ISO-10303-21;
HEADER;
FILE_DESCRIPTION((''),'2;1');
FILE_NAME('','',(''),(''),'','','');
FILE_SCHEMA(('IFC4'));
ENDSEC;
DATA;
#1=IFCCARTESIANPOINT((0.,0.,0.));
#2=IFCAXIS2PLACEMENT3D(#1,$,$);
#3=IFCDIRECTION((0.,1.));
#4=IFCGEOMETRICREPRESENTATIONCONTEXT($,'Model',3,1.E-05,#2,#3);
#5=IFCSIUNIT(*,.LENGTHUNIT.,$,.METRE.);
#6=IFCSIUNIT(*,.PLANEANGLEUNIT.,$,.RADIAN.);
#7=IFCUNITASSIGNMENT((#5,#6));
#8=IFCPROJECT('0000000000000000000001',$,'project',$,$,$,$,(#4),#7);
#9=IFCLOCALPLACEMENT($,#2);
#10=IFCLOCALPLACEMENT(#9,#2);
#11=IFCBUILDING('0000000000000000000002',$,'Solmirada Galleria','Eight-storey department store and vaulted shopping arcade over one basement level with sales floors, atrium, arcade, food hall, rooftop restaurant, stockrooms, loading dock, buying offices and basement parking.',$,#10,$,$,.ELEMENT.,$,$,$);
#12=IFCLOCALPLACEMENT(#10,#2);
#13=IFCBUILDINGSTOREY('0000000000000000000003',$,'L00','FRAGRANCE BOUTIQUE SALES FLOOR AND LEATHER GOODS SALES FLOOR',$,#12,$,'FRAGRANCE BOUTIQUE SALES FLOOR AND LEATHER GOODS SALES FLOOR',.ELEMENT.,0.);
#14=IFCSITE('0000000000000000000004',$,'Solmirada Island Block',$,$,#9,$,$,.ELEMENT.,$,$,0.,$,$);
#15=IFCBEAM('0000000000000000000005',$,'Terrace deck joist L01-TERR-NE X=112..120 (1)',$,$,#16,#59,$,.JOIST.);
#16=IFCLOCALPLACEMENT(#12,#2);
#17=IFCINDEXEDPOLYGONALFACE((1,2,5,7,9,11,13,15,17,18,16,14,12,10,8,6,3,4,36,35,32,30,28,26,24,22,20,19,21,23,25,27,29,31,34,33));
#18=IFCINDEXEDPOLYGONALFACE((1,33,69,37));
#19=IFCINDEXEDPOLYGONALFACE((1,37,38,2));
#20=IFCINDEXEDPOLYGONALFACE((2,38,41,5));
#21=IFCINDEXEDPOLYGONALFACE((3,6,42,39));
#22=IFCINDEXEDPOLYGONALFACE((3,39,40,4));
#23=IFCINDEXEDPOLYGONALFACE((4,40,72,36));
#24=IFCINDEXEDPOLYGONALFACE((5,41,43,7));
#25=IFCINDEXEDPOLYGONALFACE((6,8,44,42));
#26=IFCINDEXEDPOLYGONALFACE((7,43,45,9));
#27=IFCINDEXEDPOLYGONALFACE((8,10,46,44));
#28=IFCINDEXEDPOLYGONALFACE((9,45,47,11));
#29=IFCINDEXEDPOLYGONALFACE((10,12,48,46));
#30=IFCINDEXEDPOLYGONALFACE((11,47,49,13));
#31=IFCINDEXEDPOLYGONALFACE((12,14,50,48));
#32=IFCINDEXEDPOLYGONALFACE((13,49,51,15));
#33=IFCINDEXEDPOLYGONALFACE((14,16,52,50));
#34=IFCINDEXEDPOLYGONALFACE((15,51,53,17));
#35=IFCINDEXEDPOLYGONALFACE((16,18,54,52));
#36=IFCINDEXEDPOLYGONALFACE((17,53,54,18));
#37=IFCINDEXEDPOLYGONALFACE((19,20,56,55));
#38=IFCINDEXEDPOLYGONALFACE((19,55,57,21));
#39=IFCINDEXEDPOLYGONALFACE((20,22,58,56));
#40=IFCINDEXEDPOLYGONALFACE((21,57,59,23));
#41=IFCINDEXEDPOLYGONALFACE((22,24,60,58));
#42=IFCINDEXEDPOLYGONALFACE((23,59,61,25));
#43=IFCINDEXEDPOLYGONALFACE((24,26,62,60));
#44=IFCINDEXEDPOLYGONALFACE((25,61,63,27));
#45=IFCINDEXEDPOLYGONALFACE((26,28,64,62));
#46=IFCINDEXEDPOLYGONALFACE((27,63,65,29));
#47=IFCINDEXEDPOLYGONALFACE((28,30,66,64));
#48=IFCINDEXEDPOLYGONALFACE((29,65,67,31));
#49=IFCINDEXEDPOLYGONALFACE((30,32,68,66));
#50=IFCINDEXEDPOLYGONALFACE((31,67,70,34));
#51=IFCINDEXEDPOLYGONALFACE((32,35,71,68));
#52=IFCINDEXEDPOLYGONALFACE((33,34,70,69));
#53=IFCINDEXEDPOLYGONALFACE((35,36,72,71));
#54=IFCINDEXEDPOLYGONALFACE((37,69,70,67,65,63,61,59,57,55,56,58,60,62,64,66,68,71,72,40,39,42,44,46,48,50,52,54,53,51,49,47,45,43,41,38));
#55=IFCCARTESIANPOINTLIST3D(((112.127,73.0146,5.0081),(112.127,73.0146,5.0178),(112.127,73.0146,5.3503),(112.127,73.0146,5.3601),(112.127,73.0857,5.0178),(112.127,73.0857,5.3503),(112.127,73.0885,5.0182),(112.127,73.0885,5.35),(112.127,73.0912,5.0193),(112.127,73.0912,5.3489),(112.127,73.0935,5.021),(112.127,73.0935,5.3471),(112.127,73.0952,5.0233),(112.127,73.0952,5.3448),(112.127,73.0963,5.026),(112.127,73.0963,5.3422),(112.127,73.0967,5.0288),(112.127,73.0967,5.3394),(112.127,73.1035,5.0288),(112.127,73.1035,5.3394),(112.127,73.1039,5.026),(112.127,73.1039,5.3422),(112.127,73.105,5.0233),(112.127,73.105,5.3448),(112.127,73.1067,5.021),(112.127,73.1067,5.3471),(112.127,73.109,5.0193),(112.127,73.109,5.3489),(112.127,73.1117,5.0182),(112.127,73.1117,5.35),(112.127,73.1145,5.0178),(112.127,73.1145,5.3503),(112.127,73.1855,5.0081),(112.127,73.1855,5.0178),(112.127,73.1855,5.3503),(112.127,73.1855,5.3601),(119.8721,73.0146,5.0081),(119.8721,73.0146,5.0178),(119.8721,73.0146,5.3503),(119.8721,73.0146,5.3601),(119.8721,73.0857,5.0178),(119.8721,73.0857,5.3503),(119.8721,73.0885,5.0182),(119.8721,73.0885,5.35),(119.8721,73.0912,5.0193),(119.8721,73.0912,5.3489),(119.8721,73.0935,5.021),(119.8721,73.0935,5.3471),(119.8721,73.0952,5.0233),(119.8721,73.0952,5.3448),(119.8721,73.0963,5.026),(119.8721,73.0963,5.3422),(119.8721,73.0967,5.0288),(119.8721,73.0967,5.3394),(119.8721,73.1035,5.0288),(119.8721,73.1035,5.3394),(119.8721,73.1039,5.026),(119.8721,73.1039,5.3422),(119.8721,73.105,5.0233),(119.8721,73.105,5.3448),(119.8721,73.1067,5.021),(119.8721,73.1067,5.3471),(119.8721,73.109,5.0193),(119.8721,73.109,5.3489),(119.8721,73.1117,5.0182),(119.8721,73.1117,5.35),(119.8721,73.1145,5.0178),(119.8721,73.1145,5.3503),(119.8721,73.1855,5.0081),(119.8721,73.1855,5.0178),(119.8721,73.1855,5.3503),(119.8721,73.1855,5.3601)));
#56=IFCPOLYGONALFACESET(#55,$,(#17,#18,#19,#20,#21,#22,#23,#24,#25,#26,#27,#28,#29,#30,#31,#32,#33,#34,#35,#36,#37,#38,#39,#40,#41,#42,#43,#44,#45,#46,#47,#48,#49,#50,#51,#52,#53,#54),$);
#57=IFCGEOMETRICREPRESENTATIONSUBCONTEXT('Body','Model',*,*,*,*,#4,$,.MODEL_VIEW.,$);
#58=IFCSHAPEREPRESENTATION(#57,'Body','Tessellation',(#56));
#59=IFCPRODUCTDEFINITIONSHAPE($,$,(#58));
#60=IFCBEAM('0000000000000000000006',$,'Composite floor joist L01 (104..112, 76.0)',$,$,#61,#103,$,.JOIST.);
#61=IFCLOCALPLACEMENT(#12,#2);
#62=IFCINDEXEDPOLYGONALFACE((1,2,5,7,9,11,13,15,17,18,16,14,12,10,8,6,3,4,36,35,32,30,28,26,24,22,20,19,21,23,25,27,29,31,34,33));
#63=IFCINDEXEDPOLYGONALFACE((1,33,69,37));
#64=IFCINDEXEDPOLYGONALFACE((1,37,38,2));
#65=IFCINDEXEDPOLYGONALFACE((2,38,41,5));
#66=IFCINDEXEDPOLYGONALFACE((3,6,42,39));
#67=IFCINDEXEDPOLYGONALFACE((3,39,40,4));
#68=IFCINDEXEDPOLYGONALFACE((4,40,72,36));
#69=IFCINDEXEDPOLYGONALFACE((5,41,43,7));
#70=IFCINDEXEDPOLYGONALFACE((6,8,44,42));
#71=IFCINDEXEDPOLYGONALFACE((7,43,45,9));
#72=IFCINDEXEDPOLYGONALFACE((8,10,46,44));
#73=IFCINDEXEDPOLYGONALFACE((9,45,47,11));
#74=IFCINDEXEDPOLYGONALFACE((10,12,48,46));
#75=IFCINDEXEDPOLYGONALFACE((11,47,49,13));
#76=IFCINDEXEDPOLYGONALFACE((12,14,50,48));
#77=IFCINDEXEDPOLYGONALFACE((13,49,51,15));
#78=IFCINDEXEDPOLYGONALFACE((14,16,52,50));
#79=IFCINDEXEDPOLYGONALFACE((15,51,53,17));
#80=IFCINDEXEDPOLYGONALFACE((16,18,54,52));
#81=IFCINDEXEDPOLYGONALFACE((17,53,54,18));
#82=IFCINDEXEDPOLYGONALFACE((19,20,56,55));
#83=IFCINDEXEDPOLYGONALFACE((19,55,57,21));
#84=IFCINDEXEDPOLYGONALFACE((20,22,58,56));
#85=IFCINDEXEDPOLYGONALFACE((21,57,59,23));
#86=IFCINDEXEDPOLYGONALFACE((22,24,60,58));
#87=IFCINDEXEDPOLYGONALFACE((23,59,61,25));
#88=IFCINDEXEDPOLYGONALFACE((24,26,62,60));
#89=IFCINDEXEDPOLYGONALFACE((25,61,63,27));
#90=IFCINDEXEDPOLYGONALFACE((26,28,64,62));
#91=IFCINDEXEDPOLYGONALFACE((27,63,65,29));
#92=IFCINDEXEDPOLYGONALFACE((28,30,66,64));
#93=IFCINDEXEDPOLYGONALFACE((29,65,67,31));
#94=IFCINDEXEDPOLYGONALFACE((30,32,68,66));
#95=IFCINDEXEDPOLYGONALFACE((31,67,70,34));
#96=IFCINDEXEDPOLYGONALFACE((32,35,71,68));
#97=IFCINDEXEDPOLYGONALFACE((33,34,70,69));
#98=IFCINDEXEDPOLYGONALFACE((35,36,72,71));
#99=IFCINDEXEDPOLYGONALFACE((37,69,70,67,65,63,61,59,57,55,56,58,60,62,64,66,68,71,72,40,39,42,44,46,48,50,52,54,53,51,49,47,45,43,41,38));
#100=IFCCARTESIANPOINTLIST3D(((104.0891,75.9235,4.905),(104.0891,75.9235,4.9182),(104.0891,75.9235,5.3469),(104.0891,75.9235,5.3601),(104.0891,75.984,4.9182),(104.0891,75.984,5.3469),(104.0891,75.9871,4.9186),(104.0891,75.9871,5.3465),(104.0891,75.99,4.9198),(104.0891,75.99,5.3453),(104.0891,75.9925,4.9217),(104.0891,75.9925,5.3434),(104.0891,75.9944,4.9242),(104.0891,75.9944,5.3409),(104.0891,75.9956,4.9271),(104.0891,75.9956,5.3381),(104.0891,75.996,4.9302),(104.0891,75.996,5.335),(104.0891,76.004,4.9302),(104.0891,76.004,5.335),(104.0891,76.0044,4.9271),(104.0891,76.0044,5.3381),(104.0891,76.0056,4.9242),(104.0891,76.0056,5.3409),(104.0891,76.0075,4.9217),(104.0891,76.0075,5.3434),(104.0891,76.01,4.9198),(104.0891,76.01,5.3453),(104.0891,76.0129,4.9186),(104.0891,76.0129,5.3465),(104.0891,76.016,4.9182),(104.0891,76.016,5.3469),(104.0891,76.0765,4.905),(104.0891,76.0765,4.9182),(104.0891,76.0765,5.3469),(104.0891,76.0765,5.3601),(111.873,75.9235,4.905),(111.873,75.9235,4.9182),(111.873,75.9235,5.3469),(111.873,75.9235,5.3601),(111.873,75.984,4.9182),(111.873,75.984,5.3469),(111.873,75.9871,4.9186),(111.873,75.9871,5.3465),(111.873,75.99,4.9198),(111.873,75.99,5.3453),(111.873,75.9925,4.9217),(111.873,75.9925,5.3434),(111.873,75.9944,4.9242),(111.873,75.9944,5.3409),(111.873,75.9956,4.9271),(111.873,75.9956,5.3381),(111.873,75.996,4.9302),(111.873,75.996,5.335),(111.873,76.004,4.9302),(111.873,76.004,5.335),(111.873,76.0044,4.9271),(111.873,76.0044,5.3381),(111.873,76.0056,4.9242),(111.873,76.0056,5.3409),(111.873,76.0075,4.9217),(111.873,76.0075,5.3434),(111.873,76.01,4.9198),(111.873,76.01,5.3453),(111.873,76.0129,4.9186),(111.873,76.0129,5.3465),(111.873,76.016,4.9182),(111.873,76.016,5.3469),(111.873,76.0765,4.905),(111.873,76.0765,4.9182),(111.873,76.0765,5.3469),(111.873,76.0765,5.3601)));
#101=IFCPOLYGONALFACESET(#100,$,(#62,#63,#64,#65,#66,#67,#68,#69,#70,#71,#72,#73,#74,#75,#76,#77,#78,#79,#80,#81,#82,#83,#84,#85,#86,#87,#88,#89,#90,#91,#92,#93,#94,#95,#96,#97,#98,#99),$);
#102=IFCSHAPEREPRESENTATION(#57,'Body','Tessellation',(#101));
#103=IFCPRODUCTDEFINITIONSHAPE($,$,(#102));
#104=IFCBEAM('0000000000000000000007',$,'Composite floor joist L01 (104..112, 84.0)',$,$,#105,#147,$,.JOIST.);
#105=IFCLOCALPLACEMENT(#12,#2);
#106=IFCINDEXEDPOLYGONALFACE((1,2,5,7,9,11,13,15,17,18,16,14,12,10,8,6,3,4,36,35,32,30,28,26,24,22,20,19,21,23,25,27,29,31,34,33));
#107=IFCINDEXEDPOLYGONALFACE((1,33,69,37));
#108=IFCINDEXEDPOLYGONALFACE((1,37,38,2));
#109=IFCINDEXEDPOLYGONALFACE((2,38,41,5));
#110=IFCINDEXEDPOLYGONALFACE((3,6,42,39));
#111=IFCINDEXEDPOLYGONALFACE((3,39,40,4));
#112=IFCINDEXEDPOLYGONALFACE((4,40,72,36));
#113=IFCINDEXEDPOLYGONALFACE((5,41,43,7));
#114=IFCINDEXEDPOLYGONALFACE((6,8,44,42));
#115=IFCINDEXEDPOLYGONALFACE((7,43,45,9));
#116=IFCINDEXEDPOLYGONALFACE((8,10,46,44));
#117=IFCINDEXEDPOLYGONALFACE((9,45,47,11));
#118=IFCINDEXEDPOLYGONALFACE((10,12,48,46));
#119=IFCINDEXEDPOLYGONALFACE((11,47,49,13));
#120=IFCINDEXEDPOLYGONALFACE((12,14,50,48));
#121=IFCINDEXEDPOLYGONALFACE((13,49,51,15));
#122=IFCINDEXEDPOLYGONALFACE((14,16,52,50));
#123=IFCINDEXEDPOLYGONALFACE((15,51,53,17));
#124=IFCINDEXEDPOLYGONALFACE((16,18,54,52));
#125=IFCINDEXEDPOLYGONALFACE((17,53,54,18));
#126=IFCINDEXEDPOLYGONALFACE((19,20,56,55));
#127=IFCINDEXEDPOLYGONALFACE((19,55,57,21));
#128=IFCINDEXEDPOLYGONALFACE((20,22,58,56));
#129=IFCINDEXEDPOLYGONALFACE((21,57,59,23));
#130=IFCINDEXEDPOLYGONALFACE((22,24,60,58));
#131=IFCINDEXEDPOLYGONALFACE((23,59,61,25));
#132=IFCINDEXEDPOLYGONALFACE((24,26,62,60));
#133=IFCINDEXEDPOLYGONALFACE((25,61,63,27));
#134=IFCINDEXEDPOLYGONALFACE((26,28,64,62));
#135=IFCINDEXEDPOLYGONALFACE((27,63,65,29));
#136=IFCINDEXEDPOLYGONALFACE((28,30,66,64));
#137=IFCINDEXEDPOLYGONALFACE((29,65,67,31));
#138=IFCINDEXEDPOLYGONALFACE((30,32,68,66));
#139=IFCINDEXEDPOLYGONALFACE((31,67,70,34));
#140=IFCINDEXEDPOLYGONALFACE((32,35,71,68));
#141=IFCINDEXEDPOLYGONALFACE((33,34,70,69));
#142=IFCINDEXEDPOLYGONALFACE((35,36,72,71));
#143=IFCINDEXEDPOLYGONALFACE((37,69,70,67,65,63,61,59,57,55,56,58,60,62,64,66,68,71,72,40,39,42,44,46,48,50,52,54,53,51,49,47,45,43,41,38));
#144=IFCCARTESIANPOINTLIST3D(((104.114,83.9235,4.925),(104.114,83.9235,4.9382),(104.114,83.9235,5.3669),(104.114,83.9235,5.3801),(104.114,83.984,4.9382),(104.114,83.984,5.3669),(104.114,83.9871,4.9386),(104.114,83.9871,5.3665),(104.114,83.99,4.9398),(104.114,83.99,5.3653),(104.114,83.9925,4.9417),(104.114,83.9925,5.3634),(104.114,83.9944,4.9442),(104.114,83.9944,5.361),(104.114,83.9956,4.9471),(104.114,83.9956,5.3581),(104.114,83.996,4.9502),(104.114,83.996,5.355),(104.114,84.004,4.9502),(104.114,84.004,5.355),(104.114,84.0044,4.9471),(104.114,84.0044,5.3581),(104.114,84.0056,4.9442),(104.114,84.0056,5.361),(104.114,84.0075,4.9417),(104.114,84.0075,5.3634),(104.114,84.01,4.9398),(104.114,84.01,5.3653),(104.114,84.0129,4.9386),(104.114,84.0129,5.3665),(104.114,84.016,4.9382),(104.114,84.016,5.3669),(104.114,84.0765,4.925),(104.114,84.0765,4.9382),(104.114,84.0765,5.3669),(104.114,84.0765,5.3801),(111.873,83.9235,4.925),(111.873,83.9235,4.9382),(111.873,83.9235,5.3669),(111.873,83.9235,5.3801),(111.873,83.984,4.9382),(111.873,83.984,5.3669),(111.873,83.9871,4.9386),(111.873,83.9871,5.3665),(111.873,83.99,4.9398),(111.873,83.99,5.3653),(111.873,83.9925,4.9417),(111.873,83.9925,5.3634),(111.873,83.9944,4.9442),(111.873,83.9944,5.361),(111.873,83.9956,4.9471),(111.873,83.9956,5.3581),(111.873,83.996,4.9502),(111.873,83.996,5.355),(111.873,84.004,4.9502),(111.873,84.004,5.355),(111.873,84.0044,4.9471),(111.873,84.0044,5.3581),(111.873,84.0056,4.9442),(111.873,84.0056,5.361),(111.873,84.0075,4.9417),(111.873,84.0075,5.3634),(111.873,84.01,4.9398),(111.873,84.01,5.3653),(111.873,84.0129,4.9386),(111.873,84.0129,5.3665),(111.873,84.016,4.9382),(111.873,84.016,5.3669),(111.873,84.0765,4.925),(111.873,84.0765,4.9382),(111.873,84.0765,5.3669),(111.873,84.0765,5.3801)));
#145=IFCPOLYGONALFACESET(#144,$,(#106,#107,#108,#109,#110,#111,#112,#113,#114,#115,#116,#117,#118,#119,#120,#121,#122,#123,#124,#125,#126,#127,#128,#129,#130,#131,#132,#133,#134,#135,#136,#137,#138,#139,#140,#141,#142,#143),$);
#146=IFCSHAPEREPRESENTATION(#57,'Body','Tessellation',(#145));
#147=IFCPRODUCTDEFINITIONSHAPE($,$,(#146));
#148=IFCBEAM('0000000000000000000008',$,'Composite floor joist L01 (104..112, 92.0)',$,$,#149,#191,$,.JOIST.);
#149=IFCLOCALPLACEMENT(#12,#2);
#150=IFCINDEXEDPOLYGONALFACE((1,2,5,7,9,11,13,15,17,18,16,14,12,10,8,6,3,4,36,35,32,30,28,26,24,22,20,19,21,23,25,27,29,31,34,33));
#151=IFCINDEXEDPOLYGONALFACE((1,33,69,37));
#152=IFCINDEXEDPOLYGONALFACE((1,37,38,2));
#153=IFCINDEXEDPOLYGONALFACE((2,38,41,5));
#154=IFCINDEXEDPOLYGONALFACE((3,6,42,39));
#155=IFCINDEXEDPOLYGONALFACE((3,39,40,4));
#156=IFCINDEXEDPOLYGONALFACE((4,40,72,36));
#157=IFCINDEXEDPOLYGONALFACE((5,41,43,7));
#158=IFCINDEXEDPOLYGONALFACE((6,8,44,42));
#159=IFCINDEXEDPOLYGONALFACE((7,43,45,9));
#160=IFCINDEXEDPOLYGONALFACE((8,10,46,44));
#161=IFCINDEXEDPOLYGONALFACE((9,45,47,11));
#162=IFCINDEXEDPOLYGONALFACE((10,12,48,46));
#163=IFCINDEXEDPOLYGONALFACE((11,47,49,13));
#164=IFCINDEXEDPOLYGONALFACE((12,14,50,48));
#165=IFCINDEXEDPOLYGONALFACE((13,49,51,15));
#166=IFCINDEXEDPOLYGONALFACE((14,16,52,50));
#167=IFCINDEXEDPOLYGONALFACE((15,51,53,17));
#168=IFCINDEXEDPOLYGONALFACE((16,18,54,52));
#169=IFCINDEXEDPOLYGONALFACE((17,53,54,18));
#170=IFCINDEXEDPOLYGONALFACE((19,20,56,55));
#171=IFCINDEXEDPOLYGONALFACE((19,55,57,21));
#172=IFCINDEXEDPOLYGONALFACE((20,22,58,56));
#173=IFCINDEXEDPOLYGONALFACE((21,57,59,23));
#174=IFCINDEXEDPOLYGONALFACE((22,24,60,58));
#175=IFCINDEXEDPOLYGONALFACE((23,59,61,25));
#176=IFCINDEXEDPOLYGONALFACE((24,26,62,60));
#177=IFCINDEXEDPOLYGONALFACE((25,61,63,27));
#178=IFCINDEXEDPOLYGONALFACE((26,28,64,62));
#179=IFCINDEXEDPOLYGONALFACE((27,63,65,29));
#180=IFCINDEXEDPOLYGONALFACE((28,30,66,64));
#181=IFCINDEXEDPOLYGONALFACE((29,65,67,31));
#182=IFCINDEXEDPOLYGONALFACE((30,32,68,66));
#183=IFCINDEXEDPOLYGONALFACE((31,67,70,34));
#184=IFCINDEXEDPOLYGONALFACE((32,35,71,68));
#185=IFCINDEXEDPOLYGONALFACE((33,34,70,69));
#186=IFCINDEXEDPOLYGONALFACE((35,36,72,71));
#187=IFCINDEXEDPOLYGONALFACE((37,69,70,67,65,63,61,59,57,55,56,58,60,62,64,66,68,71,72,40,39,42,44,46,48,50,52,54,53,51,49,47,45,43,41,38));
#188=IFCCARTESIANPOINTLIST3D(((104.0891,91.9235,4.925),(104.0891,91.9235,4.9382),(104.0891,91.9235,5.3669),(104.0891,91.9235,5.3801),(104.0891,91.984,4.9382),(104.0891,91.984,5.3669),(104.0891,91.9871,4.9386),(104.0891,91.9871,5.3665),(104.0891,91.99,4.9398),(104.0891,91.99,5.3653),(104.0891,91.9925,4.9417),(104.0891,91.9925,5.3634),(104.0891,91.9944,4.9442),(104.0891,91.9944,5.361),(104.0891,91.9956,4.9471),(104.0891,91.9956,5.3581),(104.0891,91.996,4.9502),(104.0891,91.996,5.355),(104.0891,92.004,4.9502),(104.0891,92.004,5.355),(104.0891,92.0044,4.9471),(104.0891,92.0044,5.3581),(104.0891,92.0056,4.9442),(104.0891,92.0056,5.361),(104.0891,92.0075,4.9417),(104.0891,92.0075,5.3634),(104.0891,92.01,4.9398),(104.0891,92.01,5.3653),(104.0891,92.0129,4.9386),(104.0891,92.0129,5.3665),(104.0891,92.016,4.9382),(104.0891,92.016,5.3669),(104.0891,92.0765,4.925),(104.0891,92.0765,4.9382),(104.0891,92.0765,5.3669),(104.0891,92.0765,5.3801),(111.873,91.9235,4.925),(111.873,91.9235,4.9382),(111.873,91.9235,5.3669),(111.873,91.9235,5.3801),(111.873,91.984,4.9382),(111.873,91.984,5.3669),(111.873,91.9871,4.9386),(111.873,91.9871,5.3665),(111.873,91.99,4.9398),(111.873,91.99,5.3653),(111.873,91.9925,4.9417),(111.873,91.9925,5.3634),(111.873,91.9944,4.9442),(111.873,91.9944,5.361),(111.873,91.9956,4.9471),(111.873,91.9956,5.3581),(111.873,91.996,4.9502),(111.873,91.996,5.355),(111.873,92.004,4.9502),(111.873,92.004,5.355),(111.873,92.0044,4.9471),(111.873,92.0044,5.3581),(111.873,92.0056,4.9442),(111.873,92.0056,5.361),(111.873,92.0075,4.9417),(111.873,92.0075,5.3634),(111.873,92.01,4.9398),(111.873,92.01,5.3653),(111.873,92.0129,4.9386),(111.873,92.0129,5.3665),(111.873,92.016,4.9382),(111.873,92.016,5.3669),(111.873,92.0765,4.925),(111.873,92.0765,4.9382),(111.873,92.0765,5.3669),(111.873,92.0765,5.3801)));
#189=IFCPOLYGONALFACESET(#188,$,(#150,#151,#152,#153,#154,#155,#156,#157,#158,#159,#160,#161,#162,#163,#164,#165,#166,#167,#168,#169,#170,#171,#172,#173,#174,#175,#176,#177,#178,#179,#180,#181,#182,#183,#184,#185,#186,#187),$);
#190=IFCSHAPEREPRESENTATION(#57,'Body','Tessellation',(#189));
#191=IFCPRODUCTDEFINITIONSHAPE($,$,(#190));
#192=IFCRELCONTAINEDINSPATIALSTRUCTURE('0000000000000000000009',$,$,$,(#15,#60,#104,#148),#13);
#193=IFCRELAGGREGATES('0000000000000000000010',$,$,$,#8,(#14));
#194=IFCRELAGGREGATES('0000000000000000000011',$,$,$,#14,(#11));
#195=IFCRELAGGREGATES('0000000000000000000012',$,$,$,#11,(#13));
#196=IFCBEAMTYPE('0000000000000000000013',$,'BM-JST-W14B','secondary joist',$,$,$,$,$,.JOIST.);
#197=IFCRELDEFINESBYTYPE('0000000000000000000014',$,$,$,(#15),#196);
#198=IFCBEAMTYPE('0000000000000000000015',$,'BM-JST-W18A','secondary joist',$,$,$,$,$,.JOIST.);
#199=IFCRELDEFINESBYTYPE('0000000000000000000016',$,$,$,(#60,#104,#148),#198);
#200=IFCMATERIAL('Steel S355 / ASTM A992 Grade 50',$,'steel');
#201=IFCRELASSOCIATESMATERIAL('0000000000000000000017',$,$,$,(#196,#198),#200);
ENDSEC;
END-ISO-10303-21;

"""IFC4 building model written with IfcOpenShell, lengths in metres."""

from ifc_helpers import new_model, si_unit, direction, frame, origin, origin_2d, place, context, subcontext, project, spatial, i_section, extrude, material, material_profile, profile_set, type_object, element, save


model = new_model("IFC4")

# Units and contexts
model_context = context("Model", 3, precision=1e-05, world=origin(), true_north=direction((0.0, 1.0)))
body_context = subcontext(model_context, "Body", "Model", "MODEL_VIEW")
ifc_project = project(units=[si_unit("LENGTHUNIT", "METRE"), si_unit("PLANEANGLEUNIT", "RADIAN")], contexts=[model_context])

# Site, building, storey
site_placement = place(None, origin())
site = spatial("IfcSite", under=ifc_project, at=site_placement, Name="Solmirada Island Block", CompositionType="ELEMENT", RefElevation=0.0)
building_placement = place(site_placement, origin())
building = spatial("IfcBuilding", under=site, at=building_placement, Name="Solmirada Galleria", Description="Eight-storey department store and vaulted shopping arcade over one basement level with sales floors, atrium, arcade, food hall, rooftop restaurant, stockrooms, loading dock, buying offices and basement parking.", CompositionType="ELEMENT")
storey_placement = place(building_placement, origin())
storey = spatial("IfcBuildingStorey", under=building, at=storey_placement, Name="L00", Description="FRAGRANCE BOUTIQUE SALES FLOOR AND LEATHER GOODS SALES FLOOR", LongName="FRAGRANCE BOUTIQUE SALES FLOOR AND LEATHER GOODS SALES FLOOR", CompositionType="ELEMENT", Elevation=0.0)

# Beams
ifc_material_1 = material(Name="Steel S355 / ASTM A992 Grade 50", Category="steel")
ifc_material_profile_1 = material_profile(ifc_material_1, i_section(OverallWidth=0.1709, OverallDepth=0.3521, WebThickness=0.0068, FlangeThickness=0.0098, FilletRadius=0.011, at=origin_2d()), Name="W14X30")
ifc_profile_set_1 = profile_set([ifc_material_profile_1], Name="Steel S355 / ASTM A992 Grade 50")
beam_type_1 = type_object("IfcBeamType", Name="BM-JST-W14B", Description="secondary joist", PredefinedType="JOIST", material=ifc_profile_set_1)
beam_1_placement = place(storey_placement, frame((112.127, 73.1001, 5.1841), z_axis=(1.0, 0.0, 0.0), x_axis=(0.0, 1.0, 0.0)))
element("IfcBeam", 1, at=beam_1_placement, inside=storey, type_object=beam_type_1, Name="Terrace deck joist L01-TERR-NE X=112..120 (1)", PredefinedType="JOIST", context=body_context, shape_type="SweptSolid", body=[
    extrude(i_section(OverallWidth=0.1709, OverallDepth=0.3521, WebThickness=0.0068, FlangeThickness=0.0098, FilletRadius=0.011, at=origin_2d()), origin(), (0.0, 0.0, 1.0), 7.7451),
])
ifc_material_profile_2 = material_profile(ifc_material_1, i_section(OverallWidth=0.1531, OverallDepth=0.4551, WebThickness=0.0081, FlangeThickness=0.0132, FilletRadius=0.012, at=origin_2d()), Name="W18X40")
ifc_profile_set_2 = profile_set([ifc_material_profile_2], Name="Steel S355 / ASTM A992 Grade 50")
beam_type_2 = type_object("IfcBeamType", Name="BM-JST-W18A", Description="secondary joist", PredefinedType="JOIST", material=ifc_profile_set_2)
beam_2_placement = place(storey_placement, frame((104.0891, 76.0, 5.1326), z_axis=(1.0, 0.0, 0.0), x_axis=(0.0, 1.0, 0.0)))
element("IfcBeam", 2, at=beam_2_placement, inside=storey, type_object=beam_type_2, Name="Composite floor joist L01 (104..112, 76.0)", PredefinedType="JOIST", context=body_context, shape_type="SweptSolid", body=[
    extrude(i_section(OverallWidth=0.1531, OverallDepth=0.4551, WebThickness=0.0081, FlangeThickness=0.0132, FilletRadius=0.012, at=origin_2d()), origin(), (0.0, 0.0, 1.0), 7.7839),
])
beam_3_placement = place(storey_placement, frame((104.114, 84.0, 5.1526), z_axis=(1.0, 0.0, 0.0), x_axis=(0.0, 1.0, 0.0)))
element("IfcBeam", 3, at=beam_3_placement, inside=storey, type_object=beam_type_2, Name="Composite floor joist L01 (104..112, 84.0)", PredefinedType="JOIST", context=body_context, shape_type="SweptSolid", body=[
    extrude(i_section(OverallWidth=0.1531, OverallDepth=0.4551, WebThickness=0.0081, FlangeThickness=0.0132, FilletRadius=0.012, at=origin_2d()), origin(), (0.0, 0.0, 1.0), 7.759),
])
beam_4_placement = place(storey_placement, frame((104.0891, 92.0, 5.1526), z_axis=(1.0, 0.0, 0.0), x_axis=(0.0, 1.0, 0.0)))
element("IfcBeam", 4, at=beam_4_placement, inside=storey, type_object=beam_type_2, Name="Composite floor joist L01 (104..112, 92.0)", PredefinedType="JOIST", context=body_context, shape_type="SweptSolid", body=[
    extrude(i_section(OverallWidth=0.1531, OverallDepth=0.4551, WebThickness=0.0081, FlangeThickness=0.0132, FilletRadius=0.012, at=origin_2d()), origin(), (0.0, 0.0, 1.0), 7.7839),
])

save(model, "model.ifc")
